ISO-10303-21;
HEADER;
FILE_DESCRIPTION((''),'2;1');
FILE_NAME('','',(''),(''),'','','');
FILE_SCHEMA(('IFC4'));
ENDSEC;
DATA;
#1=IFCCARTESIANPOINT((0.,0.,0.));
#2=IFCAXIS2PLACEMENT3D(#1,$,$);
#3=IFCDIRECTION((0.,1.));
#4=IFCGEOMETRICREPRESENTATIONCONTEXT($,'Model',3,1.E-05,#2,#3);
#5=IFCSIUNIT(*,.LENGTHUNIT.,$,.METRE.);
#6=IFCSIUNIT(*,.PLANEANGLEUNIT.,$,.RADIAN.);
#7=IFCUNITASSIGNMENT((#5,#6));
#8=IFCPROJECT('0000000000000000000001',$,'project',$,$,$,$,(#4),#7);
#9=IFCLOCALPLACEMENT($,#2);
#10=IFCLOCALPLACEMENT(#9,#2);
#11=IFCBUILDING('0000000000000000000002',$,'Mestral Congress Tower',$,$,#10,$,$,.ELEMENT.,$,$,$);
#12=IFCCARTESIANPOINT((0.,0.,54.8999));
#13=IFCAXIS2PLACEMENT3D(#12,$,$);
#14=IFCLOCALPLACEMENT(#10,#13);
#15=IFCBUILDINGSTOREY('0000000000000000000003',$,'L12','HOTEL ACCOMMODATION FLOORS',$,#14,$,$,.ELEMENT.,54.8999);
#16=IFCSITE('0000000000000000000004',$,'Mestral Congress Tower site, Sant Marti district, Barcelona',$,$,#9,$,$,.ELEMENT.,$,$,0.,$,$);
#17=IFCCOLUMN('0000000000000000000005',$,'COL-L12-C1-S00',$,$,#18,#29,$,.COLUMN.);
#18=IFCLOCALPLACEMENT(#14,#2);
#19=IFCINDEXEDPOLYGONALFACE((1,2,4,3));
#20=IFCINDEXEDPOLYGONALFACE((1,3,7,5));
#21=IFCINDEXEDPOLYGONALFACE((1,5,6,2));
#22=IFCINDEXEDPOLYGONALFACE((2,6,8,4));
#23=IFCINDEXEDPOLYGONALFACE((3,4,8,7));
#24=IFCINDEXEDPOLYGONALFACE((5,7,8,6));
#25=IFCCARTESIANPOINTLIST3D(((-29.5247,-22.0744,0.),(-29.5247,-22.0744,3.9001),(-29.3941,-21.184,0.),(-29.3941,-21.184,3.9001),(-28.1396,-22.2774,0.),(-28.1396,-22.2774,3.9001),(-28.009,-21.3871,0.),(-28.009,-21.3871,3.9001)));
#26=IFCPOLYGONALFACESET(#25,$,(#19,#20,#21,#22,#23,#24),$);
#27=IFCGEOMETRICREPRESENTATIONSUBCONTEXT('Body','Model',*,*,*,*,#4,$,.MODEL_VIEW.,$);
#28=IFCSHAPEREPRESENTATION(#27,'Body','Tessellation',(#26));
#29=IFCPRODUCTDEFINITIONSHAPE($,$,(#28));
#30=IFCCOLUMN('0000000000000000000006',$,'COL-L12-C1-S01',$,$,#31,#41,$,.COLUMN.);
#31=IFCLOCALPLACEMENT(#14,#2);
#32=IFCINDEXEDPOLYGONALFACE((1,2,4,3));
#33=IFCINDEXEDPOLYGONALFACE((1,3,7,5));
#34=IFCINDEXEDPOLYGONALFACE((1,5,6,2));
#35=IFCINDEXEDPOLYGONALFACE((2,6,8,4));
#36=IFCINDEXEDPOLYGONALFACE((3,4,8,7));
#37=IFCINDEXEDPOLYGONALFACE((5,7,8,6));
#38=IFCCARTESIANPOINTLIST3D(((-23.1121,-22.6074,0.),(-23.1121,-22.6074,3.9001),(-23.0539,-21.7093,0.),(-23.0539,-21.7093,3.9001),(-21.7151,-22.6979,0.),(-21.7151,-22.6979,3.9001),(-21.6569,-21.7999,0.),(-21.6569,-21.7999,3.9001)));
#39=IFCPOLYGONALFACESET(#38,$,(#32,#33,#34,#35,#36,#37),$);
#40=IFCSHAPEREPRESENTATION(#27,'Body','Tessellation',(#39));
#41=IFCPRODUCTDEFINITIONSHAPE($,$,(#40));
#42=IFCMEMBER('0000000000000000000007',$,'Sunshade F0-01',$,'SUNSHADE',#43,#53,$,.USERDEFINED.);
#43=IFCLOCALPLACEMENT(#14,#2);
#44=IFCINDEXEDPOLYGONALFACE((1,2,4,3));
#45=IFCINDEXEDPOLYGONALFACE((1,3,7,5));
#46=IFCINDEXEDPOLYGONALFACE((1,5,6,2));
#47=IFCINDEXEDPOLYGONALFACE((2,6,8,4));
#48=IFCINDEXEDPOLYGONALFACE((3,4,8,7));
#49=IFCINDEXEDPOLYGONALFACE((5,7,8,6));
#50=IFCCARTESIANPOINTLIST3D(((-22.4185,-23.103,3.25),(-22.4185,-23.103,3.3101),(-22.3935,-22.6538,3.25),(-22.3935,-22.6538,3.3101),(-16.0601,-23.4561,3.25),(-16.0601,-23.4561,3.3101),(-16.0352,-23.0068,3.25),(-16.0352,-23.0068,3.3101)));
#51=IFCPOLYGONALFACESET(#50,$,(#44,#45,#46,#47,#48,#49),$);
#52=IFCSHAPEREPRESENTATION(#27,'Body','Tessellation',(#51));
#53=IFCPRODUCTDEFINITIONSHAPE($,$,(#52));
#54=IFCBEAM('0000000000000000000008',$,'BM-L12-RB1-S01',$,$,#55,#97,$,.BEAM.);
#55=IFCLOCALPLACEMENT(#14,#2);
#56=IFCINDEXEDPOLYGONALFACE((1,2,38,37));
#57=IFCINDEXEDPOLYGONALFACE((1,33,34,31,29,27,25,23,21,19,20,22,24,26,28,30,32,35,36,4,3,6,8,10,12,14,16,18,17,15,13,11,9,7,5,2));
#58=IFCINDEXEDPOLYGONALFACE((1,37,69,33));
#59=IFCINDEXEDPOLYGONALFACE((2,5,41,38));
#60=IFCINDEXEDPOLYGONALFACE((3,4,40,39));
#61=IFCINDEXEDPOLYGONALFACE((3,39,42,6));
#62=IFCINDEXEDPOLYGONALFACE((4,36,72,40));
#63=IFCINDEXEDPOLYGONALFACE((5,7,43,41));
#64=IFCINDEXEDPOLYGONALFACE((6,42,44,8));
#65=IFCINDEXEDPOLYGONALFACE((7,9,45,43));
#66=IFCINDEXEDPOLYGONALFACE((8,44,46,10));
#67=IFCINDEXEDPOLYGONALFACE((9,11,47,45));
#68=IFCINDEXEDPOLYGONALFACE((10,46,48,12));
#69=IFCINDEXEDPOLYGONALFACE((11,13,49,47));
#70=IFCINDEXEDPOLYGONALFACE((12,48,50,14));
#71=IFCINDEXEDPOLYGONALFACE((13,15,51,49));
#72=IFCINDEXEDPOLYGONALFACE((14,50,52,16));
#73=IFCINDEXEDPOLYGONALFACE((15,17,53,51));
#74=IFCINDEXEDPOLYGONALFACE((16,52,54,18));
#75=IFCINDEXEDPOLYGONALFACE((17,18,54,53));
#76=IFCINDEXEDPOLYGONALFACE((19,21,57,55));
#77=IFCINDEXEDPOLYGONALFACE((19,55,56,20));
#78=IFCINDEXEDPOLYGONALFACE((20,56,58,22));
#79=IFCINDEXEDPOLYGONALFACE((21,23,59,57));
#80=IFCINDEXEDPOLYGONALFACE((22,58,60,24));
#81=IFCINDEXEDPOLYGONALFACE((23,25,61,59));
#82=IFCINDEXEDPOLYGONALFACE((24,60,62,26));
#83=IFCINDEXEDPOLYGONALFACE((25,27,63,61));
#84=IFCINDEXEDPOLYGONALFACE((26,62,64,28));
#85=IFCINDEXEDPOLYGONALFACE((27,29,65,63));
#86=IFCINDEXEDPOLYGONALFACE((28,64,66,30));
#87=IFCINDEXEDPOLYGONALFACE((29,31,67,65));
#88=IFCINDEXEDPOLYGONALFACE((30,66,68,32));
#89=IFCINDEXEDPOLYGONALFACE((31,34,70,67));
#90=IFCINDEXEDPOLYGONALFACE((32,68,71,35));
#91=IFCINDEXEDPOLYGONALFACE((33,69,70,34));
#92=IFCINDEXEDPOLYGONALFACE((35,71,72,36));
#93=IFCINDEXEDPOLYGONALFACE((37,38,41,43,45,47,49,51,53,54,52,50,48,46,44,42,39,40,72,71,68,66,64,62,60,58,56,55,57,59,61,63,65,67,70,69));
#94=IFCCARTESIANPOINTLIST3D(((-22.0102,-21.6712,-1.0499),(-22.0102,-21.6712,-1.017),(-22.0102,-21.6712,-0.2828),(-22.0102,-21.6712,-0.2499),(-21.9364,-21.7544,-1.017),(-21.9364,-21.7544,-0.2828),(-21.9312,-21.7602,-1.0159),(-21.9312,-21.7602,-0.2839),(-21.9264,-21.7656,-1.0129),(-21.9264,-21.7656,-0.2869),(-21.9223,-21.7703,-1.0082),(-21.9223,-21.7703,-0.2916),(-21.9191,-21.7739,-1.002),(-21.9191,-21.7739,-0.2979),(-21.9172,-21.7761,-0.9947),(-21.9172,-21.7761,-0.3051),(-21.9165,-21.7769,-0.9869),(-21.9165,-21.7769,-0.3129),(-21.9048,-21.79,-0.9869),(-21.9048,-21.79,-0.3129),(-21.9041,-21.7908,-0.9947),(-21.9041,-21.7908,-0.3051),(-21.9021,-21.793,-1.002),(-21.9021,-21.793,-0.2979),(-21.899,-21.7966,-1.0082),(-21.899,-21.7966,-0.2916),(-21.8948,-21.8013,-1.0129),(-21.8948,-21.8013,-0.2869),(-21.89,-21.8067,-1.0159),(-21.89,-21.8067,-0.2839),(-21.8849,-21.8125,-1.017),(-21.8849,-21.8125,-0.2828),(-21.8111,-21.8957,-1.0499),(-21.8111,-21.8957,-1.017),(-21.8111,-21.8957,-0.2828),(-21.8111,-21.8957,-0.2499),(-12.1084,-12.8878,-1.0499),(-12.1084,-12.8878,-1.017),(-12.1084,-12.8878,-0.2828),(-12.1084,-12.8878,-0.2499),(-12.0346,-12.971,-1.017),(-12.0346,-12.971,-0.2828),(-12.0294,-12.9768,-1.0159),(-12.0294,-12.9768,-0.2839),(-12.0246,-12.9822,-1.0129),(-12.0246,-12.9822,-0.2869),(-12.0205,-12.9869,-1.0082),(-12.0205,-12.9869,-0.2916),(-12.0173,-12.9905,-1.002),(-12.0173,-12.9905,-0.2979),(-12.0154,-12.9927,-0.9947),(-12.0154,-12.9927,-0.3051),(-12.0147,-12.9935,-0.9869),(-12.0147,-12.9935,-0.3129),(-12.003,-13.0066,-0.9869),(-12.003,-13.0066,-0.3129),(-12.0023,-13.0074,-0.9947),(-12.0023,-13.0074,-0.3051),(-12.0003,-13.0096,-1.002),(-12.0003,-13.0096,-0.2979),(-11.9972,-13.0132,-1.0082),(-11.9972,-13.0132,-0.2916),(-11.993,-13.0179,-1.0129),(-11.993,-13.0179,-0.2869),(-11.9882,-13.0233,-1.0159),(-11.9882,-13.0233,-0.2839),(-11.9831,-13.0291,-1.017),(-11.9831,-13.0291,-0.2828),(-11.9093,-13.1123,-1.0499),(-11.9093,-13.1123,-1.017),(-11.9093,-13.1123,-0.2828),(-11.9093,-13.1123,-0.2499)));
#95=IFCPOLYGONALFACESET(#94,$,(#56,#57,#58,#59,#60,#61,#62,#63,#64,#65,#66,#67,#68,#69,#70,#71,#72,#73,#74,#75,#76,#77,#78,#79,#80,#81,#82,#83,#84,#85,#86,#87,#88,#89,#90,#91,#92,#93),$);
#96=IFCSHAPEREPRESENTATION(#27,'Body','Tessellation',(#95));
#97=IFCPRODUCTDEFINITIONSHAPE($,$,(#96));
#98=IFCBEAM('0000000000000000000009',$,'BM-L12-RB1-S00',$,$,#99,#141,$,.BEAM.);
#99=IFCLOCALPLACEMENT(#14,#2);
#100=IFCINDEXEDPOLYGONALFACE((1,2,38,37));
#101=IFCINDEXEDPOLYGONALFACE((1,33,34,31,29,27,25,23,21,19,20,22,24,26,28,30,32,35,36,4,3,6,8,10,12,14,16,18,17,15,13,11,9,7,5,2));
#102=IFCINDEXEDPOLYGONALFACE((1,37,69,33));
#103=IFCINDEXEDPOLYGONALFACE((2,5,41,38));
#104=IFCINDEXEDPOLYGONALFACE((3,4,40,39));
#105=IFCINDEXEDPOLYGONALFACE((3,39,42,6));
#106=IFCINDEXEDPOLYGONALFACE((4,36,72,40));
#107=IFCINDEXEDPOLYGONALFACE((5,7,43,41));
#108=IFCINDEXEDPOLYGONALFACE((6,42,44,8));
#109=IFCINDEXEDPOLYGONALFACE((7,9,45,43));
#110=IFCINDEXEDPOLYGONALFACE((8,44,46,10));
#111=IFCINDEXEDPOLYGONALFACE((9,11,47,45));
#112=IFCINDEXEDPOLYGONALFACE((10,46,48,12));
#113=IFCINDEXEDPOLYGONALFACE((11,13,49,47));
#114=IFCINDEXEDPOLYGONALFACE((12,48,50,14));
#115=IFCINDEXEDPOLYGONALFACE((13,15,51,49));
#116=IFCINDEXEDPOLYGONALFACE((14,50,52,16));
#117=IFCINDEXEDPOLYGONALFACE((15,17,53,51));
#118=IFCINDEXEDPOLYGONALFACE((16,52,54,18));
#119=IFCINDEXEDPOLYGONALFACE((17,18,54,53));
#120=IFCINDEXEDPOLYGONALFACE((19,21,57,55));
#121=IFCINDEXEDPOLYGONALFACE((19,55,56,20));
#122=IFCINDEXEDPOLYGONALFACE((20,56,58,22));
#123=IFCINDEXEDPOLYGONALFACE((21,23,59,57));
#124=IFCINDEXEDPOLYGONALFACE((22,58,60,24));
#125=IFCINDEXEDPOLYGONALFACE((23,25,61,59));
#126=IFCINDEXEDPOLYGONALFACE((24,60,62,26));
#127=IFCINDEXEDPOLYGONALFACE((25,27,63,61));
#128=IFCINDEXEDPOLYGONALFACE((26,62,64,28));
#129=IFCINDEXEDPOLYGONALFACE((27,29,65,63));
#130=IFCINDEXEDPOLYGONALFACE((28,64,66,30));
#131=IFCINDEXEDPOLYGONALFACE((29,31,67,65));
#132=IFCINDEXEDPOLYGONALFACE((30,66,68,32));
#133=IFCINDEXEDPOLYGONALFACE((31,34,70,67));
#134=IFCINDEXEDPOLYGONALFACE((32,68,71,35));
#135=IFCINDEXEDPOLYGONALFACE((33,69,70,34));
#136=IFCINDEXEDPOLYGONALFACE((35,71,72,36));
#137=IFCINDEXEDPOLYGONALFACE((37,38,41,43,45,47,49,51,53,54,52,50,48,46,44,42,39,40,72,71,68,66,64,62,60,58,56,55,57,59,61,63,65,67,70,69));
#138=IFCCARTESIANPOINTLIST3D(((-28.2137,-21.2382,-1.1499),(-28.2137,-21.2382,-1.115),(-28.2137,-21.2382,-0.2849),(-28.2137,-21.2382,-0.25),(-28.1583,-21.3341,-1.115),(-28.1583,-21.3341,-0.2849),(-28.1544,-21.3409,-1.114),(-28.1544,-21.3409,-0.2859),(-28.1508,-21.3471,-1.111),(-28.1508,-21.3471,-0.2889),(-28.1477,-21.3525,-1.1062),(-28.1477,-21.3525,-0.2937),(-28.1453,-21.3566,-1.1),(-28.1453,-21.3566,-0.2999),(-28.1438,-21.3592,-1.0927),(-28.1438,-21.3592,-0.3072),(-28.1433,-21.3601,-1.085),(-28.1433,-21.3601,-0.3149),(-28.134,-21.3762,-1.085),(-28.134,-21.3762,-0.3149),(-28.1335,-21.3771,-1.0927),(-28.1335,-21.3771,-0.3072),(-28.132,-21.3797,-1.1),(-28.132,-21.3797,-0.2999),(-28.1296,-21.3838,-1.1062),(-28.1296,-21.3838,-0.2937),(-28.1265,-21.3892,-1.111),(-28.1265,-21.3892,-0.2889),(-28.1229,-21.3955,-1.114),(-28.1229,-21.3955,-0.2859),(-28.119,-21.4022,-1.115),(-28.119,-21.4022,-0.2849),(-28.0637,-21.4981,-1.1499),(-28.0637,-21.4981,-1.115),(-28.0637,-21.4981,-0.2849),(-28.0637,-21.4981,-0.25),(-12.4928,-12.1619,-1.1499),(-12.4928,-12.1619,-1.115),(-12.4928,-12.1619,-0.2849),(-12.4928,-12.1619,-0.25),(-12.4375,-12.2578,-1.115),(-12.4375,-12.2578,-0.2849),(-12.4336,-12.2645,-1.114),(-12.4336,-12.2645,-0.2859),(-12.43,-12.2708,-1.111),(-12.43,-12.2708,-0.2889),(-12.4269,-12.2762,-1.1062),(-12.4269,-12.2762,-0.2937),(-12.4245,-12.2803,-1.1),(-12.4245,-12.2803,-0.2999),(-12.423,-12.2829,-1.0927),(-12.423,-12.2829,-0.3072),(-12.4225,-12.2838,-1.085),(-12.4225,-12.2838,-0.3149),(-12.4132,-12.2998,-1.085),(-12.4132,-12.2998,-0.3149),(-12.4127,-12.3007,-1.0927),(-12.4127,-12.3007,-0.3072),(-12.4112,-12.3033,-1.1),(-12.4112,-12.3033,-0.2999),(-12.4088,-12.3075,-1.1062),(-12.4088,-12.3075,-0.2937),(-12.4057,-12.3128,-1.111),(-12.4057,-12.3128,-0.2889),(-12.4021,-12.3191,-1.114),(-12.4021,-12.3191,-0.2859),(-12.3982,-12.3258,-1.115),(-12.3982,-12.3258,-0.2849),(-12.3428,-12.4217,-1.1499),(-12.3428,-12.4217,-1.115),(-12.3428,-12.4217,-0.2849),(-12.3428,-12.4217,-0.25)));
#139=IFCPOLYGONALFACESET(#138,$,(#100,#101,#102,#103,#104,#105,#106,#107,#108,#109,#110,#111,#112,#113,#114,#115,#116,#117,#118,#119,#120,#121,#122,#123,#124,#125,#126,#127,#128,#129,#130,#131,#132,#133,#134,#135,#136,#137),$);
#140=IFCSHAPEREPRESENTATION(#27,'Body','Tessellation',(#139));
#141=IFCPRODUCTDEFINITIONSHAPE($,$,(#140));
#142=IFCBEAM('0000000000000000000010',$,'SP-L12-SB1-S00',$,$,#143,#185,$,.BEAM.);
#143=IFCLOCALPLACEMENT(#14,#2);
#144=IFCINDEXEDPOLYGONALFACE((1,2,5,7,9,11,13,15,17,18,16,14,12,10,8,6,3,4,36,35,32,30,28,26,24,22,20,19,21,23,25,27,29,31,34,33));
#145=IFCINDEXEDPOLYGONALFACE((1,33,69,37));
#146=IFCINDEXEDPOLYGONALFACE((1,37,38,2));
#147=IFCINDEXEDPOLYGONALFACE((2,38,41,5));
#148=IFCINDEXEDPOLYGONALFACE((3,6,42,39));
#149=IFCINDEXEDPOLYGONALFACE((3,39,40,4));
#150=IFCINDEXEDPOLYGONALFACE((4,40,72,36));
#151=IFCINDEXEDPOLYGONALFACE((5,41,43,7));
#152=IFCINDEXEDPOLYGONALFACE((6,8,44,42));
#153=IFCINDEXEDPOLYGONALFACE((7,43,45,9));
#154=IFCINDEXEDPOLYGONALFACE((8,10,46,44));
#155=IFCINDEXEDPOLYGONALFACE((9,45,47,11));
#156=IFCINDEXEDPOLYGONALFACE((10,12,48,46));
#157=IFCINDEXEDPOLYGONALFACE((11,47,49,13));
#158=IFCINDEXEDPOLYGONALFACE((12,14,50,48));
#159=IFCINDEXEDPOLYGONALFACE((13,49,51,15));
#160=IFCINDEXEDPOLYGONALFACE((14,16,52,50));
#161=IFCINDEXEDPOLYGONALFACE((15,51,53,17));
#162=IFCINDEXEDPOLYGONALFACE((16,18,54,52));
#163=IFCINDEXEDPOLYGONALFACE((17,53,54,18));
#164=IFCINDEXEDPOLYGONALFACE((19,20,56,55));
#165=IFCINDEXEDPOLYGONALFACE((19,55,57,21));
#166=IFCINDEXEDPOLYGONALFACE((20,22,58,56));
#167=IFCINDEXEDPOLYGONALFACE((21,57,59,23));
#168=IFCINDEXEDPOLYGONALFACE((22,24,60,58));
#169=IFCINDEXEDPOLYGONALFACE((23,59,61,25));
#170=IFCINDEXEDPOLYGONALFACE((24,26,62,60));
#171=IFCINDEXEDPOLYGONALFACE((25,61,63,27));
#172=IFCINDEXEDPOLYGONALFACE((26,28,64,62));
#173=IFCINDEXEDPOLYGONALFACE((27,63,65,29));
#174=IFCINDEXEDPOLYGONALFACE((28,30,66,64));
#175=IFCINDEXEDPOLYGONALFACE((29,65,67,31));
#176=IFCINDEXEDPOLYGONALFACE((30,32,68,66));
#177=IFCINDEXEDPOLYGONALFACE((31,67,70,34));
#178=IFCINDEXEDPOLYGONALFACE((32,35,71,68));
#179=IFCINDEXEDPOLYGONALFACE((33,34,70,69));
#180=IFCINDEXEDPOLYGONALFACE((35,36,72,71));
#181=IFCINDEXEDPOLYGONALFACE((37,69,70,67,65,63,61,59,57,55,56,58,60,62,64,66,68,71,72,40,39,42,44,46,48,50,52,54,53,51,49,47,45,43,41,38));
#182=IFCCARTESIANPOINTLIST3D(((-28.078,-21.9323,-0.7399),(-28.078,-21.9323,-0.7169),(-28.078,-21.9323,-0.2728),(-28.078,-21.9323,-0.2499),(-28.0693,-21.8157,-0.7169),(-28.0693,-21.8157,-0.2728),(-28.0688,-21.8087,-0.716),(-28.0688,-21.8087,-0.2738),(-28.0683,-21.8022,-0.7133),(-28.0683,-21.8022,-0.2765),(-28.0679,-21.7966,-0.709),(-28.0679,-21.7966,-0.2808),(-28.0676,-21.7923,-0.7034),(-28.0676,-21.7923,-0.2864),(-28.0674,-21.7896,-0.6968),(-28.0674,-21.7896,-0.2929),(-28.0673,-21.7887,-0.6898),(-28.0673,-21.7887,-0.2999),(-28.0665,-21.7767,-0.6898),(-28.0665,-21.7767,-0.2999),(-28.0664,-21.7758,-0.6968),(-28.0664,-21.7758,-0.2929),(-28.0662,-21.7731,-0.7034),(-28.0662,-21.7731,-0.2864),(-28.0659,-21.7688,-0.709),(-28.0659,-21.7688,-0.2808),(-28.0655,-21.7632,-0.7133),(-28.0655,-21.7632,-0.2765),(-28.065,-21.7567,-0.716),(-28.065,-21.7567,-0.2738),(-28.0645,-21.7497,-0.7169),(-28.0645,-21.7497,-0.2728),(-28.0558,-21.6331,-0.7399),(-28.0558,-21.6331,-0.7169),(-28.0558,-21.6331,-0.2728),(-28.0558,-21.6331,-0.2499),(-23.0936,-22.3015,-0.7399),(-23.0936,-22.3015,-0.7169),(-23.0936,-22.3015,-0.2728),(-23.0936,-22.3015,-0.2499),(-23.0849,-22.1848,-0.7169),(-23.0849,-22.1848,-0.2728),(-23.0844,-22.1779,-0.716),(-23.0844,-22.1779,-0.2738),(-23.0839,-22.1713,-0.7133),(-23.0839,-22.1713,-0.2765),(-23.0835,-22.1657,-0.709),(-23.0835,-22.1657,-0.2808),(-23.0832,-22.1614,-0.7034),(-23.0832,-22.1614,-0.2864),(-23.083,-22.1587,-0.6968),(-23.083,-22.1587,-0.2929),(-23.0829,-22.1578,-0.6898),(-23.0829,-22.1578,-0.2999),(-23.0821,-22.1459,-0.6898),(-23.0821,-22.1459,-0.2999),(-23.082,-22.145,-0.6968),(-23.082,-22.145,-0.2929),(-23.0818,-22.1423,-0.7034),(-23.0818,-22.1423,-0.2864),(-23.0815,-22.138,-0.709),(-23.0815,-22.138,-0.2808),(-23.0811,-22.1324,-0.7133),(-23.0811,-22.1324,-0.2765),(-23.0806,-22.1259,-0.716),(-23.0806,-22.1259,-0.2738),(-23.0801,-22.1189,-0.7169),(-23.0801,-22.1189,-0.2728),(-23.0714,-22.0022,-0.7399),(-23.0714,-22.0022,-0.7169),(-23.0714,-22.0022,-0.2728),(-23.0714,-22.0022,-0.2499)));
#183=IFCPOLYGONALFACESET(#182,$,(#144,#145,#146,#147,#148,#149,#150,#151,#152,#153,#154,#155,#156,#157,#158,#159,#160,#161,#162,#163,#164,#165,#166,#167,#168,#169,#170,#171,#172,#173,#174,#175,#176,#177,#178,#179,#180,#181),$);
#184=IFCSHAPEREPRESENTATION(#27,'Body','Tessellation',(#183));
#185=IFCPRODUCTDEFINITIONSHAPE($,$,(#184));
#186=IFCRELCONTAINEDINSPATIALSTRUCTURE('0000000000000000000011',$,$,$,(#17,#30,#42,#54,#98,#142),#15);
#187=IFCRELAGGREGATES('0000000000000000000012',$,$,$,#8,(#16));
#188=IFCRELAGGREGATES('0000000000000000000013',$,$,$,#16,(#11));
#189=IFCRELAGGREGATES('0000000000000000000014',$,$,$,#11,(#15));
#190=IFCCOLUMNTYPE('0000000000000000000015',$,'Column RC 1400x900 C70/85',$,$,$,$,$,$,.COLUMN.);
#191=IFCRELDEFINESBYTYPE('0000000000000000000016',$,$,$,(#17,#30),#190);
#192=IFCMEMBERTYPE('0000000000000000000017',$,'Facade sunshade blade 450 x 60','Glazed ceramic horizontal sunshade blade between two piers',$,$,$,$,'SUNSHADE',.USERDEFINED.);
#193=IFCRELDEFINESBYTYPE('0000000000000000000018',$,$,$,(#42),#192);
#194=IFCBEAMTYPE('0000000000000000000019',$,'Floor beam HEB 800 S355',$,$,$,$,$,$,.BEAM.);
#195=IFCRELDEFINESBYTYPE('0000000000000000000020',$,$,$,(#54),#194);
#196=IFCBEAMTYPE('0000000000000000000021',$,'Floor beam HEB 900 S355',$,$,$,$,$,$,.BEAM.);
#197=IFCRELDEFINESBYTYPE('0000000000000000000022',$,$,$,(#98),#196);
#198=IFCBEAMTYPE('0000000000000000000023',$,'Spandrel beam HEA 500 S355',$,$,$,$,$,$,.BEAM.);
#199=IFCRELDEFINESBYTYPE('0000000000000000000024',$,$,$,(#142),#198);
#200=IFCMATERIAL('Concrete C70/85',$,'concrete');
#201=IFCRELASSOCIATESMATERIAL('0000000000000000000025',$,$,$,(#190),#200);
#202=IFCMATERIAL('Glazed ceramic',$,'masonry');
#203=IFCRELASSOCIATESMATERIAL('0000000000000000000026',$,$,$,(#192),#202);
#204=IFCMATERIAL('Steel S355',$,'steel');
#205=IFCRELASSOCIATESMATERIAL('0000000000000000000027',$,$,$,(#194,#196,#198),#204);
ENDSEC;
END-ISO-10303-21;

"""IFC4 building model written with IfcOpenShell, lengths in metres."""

from ifc_helpers import new_model, si_unit, direction, frame, origin, origin_2d, place, context, subcontext, project, spatial, rectangle, i_section, extrude, material, material_profile, profile_set, type_object, element, save


model = new_model("IFC4")

# Units and contexts
model_context = context("Model", 3, precision=1e-05, world=origin(), true_north=direction((0.0, 1.0)))
body_context = subcontext(model_context, "Body", "Model", "MODEL_VIEW")
ifc_project = project(units=[si_unit("LENGTHUNIT", "METRE"), si_unit("PLANEANGLEUNIT", "RADIAN")], contexts=[model_context])

# Site, building, storey
site_placement = place(None, origin())
site = spatial("IfcSite", under=ifc_project, at=site_placement, Name="Mestral Congress Tower site, Sant Marti district, Barcelona", CompositionType="ELEMENT", RefElevation=0.0)
building_placement = place(site_placement, origin())
building = spatial("IfcBuilding", under=site, at=building_placement, Name="Mestral Congress Tower", CompositionType="ELEMENT")
storey_placement = place(building_placement, frame((0.0, 0.0, 54.8999)))
storey = spatial("IfcBuildingStorey", under=building, at=storey_placement, Name="L12", Description="HOTEL ACCOMMODATION FLOORS", CompositionType="ELEMENT", Elevation=54.8999)

# Columns
ifc_material_1 = material(Name="Concrete C70/85", Category="concrete")
ifc_material_profile_1 = material_profile(ifc_material_1, rectangle(XDim=1.3999, YDim=0.8999, at=origin_2d()), Name="RC 1400x900")
ifc_profile_set_1 = profile_set([ifc_material_profile_1], Name="Concrete C70/85")
column_type = type_object("IfcColumnType", Name="Column RC 1400x900 C70/85", PredefinedType="COLUMN", material=ifc_profile_set_1)
for number, where, z_axis, x_axis, name in (
    (1, (-28.7668, -21.7307, 0.0), (0.0, 0.0, 1.0), (0.989424, -0.145056, 0.0), "COL-L12-C1-S00"),
    (2, (-22.3845, -22.2036, 0.0), (0.0, 0.0, 1.0), (0.997908, -0.064658, 0.0), "COL-L12-C1-S01"),
):
    element("IfcColumn", number, at=place(storey_placement, frame(where, z_axis=z_axis, x_axis=x_axis)), inside=storey, type_object=column_type, Name=name, PredefinedType="COLUMN", context=body_context, shape_type="SweptSolid", body=[
        extrude(rectangle(XDim=1.3999, YDim=0.8999, at=origin_2d()), origin(), (0.0, 0.0, 1.0), 3.9001),
    ])

# Member
ifc_material_2 = material(Name="Glazed ceramic", Category="masonry")
ifc_material_profile_2 = material_profile(ifc_material_2, rectangle(XDim=0.45, YDim=0.0601, at=origin_2d()), Name="Ceramic blade 450 x 60")
ifc_profile_set_2 = profile_set([ifc_material_profile_2], Name="Glazed ceramic")
member_type = type_object("IfcMemberType", Name="Facade sunshade blade 450 x 60", Description="Glazed ceramic horizontal sunshade blade between two piers", ElementType="SUNSHADE", PredefinedType="USERDEFINED", material=ifc_profile_set_2)
member_placement = place(storey_placement, frame((-22.406, -22.8784, 3.28), z_axis=(0.998462, -0.055436, 0.0), x_axis=(0.055436, 0.998462, 0.0)))
element("IfcMember", 3, at=member_placement, inside=storey, type_object=member_type, Name="Sunshade F0-01", ObjectType="SUNSHADE", PredefinedType="USERDEFINED", context=body_context, shape_type="SweptSolid", body=[
    extrude(rectangle(XDim=0.45, YDim=0.0601, at=origin_2d()), origin(), (0.0, 0.0, 1.0), 6.3682),
])

# Beams
ifc_material_3 = material(Name="Steel S355", Category="steel")
ifc_material_profile_3 = material_profile(ifc_material_3, i_section(OverallWidth=0.3, OverallDepth=0.8, WebThickness=0.0176, FlangeThickness=0.033, FilletRadius=0.03, at=origin_2d()), Name="HEB 800")
ifc_profile_set_3 = profile_set([ifc_material_profile_3], Name="Steel S355")
beam_type_1 = type_object("IfcBeamType", Name="Floor beam HEB 800 S355", PredefinedType="BEAM", material=ifc_profile_set_3)
beam_1_placement = place(storey_placement, frame((-21.9106, -21.7834, -0.6499), z_axis=(0.748092, 0.663595, 0.0), x_axis=(-0.663595, 0.748092, 0.0)))
element("IfcBeam", 4, at=beam_1_placement, inside=storey, type_object=beam_type_1, Name="BM-L12-RB1-S01", PredefinedType="BEAM", context=body_context, shape_type="SweptSolid", body=[
    extrude(i_section(OverallWidth=0.3, OverallDepth=0.8, WebThickness=0.0176, FlangeThickness=0.033, FilletRadius=0.03, at=origin_2d()), origin(), (0.0, 0.0, 1.0), 13.2361),
])
ifc_material_profile_4 = material_profile(ifc_material_3, i_section(OverallWidth=0.3, OverallDepth=0.8999, WebThickness=0.0186, FlangeThickness=0.0349, FilletRadius=0.03, at=origin_2d()), Name="HEB 900")
ifc_profile_set_4 = profile_set([ifc_material_profile_4], Name="Steel S355")
beam_type_2 = type_object("IfcBeamType", Name="Floor beam HEB 900 S355", PredefinedType="BEAM", material=ifc_profile_set_4)
beam_2_placement = place(storey_placement, frame((-28.1387, -21.3682, -0.7), z_axis=(0.866027, 0.499997, 0.0), x_axis=(-0.499997, 0.866027, 0.0)))
element("IfcBeam", 5, at=beam_2_placement, inside=storey, type_object=beam_type_2, Name="BM-L12-RB1-S00", PredefinedType="BEAM", context=body_context, shape_type="SweptSolid", body=[
    extrude(i_section(OverallWidth=0.3, OverallDepth=0.8999, WebThickness=0.0186, FlangeThickness=0.0349, FilletRadius=0.03, at=origin_2d()), origin(), (0.0, 0.0, 1.0), 18.1528),
])
ifc_material_profile_5 = material_profile(ifc_material_3, i_section(OverallWidth=0.3, OverallDepth=0.49, WebThickness=0.012, FlangeThickness=0.0229, FilletRadius=0.0271, at=origin_2d()), Name="HEA 500")
ifc_profile_set_5 = profile_set([ifc_material_profile_5], Name="Steel S355")
beam_type_3 = type_object("IfcBeamType", Name="Spandrel beam HEA 500 S355", PredefinedType="BEAM", material=ifc_profile_set_5)
beam_3_placement = place(storey_placement, frame((-28.0669, -21.7827, -0.4949), z_axis=(0.997269, -0.073857, 0.0), x_axis=(0.073857, 0.997269, 0.0)))
element("IfcBeam", 6, at=beam_3_placement, inside=storey, type_object=beam_type_3, Name="SP-L12-SB1-S00", PredefinedType="BEAM", context=body_context, shape_type="SweptSolid", body=[
    extrude(i_section(OverallWidth=0.3, OverallDepth=0.49, WebThickness=0.012, FlangeThickness=0.0229, FilletRadius=0.0271, at=origin_2d()), origin(), (0.0, 0.0, 1.0), 4.998),
])

save(model, "model.ifc")
